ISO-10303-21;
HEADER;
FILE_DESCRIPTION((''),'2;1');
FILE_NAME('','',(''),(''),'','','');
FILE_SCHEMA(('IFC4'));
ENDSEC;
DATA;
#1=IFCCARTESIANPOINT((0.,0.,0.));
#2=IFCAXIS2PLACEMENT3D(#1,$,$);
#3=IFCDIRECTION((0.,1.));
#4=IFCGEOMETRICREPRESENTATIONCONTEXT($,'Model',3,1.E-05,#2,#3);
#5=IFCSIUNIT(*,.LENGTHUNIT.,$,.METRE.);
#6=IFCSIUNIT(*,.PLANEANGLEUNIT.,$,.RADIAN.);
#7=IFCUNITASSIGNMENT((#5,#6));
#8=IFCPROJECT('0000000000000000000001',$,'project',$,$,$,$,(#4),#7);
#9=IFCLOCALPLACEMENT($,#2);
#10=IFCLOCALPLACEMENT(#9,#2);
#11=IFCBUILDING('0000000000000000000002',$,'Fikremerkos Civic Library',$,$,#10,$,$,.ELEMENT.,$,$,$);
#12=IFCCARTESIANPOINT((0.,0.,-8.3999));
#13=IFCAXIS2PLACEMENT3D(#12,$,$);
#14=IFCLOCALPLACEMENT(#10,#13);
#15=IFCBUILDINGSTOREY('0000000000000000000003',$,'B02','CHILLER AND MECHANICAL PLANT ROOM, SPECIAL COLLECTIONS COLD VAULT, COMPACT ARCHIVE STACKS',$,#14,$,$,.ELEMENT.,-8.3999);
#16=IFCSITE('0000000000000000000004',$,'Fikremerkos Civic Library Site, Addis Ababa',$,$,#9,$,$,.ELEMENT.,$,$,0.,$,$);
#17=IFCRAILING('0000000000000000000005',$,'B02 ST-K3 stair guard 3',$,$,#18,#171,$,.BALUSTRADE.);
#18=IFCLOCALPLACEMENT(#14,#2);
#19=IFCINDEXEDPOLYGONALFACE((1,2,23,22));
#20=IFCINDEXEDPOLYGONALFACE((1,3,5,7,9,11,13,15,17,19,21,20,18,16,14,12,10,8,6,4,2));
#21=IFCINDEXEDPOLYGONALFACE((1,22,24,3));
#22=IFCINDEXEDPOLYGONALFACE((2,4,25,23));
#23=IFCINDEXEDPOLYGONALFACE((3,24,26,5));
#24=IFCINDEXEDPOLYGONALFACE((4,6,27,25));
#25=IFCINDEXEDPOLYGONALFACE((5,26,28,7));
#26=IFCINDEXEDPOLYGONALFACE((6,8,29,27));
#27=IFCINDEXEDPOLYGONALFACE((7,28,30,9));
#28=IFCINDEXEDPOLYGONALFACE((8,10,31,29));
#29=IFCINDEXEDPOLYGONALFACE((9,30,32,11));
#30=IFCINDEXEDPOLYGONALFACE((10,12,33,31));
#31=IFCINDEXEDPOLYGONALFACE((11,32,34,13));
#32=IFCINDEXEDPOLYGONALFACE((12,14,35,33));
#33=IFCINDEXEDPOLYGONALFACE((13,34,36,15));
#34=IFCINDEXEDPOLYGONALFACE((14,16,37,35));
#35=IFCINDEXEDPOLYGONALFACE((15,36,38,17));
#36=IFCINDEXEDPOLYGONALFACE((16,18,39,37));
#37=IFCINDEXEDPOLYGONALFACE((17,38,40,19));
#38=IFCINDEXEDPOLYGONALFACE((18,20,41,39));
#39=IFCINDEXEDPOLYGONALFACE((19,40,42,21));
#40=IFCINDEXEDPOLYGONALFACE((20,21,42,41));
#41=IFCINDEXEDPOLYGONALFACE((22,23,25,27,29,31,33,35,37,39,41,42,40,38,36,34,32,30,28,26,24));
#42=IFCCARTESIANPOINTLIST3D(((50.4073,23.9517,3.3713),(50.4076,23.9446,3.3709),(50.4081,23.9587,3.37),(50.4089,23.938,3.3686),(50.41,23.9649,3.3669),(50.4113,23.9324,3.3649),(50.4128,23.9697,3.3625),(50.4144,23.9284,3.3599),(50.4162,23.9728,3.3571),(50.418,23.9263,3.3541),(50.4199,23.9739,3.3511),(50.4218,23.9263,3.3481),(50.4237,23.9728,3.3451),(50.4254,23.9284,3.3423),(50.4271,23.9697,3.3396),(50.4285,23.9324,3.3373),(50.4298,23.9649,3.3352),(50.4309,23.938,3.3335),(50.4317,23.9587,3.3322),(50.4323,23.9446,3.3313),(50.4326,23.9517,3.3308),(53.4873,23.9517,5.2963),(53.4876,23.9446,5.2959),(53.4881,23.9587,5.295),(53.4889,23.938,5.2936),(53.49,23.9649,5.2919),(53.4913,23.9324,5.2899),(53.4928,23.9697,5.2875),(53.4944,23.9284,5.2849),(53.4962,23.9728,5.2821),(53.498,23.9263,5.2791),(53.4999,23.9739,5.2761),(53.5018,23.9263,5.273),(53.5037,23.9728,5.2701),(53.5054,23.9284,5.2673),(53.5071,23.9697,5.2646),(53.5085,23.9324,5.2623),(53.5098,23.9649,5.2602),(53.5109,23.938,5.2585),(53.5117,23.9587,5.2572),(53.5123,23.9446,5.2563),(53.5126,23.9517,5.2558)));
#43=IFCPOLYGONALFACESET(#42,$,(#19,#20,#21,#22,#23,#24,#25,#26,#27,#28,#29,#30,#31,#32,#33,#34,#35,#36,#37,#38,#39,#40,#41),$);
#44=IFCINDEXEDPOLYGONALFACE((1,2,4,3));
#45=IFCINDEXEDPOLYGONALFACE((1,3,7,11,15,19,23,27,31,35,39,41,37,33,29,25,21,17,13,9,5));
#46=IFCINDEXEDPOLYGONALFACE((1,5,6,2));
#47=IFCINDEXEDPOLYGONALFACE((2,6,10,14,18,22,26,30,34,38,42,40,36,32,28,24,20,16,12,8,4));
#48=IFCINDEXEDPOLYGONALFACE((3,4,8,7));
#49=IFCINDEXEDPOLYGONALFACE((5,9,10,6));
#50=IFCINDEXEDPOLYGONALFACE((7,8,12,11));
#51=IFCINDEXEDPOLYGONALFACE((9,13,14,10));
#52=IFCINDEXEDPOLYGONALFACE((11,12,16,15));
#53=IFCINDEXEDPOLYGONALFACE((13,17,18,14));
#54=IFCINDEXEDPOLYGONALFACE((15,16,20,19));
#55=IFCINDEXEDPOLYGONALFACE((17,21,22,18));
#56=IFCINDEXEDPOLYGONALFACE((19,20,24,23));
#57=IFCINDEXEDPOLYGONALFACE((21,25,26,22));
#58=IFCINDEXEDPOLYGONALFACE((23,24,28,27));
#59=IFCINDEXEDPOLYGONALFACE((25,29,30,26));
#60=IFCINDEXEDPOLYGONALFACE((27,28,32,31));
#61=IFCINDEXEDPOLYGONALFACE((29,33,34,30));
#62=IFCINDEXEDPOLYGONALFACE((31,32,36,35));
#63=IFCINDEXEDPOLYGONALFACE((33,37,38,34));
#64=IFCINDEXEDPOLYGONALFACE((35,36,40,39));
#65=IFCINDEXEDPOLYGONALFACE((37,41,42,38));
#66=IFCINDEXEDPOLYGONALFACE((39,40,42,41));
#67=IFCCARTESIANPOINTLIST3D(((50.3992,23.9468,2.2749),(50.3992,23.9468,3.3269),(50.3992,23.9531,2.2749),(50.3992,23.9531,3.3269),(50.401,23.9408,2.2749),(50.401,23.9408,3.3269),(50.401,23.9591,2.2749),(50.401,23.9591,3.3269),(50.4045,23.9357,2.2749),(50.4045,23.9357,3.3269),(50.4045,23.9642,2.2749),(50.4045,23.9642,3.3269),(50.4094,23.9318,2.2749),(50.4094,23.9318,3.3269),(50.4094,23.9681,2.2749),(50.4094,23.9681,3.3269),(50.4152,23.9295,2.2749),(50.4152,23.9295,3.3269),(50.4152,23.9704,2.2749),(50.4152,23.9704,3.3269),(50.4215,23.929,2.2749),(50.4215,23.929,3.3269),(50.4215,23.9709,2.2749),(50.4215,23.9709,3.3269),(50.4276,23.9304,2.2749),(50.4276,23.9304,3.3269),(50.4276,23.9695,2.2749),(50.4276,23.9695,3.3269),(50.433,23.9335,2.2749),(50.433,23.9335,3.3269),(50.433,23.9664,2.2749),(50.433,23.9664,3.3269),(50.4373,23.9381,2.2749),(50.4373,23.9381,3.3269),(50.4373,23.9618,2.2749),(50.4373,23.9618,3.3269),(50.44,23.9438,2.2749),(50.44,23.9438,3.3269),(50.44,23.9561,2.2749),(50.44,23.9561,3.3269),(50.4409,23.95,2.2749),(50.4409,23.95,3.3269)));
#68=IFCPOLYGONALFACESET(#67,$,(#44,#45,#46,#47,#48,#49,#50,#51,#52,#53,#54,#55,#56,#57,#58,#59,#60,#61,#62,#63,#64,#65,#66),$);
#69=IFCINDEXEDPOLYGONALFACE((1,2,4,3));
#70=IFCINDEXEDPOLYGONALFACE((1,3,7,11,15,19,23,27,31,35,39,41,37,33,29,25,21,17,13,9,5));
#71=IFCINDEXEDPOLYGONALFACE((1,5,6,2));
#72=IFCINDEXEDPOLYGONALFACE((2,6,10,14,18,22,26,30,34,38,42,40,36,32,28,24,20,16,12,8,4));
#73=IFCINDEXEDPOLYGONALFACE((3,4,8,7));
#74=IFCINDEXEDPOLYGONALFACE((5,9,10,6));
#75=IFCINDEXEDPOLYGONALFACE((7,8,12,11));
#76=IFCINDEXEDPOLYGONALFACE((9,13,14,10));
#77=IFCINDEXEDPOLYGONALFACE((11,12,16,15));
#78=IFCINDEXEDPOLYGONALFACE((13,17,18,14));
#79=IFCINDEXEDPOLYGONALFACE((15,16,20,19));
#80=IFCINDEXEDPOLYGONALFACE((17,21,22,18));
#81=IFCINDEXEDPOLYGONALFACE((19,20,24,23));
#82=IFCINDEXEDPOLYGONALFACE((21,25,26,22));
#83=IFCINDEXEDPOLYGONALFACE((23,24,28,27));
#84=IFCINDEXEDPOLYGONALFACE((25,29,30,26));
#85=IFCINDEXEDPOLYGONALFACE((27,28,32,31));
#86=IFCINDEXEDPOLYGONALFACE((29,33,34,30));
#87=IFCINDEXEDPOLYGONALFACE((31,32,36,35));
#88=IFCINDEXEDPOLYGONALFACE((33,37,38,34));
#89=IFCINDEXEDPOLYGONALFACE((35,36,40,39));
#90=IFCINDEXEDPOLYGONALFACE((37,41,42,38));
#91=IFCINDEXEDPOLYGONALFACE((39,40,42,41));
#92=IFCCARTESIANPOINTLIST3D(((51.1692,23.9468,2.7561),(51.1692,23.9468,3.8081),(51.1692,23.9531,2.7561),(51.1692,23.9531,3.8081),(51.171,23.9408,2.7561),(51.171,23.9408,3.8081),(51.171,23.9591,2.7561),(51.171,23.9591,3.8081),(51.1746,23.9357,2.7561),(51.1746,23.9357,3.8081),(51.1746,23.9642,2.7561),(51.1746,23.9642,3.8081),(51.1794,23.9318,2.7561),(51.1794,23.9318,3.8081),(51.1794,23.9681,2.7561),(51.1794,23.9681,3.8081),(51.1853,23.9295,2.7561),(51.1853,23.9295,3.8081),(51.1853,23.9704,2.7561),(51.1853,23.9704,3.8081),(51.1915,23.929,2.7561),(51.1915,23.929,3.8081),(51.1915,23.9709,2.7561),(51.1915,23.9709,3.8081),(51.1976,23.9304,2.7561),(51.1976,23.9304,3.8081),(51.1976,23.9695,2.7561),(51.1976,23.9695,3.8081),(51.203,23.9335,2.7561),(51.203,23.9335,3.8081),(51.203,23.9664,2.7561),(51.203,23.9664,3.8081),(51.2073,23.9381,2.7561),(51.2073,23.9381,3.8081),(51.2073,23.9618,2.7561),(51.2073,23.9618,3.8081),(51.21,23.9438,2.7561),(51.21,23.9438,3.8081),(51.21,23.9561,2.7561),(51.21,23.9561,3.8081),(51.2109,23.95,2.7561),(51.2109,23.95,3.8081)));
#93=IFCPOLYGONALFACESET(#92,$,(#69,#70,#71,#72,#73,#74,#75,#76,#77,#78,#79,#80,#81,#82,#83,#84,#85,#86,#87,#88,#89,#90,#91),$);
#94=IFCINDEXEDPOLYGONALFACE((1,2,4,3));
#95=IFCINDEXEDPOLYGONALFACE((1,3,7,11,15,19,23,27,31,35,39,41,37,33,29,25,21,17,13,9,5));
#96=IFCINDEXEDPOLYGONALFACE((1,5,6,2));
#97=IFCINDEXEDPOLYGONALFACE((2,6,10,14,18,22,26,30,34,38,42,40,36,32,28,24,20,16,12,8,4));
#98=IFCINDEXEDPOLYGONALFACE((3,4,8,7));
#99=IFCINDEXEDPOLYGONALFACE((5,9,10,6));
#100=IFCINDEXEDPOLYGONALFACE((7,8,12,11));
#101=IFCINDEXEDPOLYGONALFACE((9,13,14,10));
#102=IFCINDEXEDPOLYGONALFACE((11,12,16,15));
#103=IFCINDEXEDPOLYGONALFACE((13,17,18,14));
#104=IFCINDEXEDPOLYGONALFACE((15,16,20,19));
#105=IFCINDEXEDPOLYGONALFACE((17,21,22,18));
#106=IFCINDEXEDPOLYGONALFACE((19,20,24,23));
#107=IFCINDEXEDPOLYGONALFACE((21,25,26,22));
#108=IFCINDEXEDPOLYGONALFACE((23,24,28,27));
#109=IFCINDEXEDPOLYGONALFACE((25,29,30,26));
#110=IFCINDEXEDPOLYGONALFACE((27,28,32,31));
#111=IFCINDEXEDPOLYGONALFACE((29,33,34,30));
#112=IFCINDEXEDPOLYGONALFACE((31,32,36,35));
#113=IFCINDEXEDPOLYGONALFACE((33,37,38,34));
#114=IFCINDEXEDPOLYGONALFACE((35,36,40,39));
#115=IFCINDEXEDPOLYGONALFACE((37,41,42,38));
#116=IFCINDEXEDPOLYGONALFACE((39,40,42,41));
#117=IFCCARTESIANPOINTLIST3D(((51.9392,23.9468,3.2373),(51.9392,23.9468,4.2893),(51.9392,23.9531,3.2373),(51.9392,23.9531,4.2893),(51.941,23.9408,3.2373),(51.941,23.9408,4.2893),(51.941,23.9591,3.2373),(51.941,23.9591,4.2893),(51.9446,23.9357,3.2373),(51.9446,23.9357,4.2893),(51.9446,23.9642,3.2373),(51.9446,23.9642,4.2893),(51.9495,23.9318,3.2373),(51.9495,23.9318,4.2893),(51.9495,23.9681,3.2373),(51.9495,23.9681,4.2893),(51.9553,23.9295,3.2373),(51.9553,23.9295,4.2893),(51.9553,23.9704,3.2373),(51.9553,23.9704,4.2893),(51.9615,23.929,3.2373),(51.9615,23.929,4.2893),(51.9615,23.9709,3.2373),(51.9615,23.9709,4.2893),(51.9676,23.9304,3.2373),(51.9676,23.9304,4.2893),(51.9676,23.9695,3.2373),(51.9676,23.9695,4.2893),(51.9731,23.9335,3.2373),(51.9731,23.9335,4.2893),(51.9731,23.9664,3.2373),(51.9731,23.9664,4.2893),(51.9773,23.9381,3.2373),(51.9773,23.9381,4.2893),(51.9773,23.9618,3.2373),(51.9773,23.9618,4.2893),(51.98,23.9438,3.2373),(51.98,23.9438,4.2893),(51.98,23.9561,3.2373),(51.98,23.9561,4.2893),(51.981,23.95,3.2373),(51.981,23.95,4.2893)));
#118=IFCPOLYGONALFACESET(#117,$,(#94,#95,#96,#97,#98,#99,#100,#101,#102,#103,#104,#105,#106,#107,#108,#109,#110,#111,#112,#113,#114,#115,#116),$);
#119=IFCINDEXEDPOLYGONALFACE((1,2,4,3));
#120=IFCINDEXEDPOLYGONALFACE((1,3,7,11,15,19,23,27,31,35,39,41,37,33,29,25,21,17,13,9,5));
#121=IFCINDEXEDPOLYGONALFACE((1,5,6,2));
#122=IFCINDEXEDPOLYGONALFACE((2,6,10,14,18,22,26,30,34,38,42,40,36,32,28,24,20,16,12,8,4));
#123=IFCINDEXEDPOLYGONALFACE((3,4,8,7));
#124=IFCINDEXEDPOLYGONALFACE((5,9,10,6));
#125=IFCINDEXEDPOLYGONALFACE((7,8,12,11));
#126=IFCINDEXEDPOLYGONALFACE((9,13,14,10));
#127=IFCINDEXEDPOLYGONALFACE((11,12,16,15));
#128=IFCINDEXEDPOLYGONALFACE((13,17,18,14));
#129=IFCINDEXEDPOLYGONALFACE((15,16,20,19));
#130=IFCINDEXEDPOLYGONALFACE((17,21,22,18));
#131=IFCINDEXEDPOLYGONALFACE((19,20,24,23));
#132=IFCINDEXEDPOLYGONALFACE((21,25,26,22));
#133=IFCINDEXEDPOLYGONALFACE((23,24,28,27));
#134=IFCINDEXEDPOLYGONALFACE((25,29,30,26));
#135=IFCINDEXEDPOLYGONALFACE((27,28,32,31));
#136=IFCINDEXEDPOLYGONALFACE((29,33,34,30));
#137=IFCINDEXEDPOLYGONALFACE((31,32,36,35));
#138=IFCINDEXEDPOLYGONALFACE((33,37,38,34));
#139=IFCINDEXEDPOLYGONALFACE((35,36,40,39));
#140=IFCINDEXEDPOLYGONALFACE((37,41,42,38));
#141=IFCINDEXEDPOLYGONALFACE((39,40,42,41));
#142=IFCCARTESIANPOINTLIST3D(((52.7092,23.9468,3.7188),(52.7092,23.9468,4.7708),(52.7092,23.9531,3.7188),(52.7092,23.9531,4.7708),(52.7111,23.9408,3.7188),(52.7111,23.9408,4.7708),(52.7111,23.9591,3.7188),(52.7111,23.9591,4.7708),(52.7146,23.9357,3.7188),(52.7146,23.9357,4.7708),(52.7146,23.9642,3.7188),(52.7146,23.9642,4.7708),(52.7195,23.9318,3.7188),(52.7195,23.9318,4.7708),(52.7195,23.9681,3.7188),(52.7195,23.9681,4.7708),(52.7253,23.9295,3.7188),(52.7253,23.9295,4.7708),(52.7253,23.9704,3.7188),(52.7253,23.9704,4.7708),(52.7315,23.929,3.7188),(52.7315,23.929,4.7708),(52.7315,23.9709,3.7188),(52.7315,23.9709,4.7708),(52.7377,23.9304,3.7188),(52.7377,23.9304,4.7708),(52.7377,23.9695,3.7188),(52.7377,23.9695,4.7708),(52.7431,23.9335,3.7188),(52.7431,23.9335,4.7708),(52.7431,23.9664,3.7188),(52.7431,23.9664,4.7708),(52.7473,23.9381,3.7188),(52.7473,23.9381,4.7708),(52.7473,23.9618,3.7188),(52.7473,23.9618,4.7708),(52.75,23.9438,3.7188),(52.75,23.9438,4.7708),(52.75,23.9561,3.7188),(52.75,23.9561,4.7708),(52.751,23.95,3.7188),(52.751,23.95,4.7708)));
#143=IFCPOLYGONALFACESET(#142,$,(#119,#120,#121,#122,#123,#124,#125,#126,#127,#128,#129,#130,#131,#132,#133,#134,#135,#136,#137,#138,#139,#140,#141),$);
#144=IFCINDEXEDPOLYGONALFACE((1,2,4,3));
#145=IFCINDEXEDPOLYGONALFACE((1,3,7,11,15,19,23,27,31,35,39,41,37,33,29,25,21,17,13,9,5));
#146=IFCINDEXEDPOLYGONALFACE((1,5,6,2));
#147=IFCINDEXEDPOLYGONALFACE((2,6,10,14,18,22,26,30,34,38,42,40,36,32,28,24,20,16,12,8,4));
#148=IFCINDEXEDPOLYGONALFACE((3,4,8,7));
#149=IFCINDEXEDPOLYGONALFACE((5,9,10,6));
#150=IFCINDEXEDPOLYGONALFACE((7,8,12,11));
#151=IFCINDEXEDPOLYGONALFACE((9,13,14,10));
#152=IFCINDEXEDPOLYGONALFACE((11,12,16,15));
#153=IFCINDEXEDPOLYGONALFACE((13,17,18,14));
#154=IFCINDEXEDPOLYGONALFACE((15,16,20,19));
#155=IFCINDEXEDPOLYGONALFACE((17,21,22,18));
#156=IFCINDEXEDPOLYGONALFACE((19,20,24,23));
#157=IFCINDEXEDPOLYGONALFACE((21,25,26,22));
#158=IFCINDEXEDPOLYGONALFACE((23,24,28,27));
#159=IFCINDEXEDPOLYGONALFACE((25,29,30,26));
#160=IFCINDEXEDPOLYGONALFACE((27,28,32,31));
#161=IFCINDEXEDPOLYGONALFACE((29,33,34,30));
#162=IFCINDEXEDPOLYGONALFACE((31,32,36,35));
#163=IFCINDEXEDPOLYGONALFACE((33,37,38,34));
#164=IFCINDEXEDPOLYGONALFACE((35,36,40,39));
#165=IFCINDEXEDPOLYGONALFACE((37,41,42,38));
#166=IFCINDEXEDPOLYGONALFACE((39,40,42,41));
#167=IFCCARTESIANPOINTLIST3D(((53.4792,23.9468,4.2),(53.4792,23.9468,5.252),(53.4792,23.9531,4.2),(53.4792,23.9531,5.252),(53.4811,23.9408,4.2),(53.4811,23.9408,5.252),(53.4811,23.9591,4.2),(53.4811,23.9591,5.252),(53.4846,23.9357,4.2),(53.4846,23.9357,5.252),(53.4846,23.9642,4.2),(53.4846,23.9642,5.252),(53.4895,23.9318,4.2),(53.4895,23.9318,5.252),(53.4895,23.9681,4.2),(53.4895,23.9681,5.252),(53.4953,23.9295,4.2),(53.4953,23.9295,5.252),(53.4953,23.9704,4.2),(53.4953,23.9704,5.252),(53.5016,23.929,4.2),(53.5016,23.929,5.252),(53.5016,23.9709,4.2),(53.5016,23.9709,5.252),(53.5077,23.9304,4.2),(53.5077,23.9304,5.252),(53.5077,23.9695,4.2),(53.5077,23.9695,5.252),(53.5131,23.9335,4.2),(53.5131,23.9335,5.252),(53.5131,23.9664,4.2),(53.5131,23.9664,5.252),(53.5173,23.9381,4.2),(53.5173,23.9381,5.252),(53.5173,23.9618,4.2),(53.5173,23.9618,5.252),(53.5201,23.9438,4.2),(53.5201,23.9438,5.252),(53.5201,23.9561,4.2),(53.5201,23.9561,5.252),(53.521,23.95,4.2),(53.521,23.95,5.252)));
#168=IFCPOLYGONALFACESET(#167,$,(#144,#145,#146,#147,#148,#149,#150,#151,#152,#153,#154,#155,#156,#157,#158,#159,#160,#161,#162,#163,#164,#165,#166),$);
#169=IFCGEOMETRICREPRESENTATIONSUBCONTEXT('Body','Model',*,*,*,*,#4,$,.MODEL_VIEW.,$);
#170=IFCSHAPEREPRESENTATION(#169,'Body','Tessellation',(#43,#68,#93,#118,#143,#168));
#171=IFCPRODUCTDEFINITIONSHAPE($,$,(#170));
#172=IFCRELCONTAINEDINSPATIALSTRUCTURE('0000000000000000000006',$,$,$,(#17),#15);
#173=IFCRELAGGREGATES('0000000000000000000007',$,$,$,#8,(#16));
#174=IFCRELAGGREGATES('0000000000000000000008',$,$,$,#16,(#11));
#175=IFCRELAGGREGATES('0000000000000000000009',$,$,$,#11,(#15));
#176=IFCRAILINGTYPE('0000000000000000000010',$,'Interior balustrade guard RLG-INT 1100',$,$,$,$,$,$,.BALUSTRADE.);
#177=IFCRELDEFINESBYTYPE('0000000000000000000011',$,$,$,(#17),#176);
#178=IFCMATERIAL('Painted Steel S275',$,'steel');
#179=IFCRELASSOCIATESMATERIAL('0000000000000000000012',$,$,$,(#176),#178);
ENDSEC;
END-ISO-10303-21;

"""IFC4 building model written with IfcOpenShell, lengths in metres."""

from ifc_helpers import new_model, si_unit, direction, frame, origin, origin_2d, place, context, subcontext, project, spatial, circle, extrude, material, type_object, element, save


model = new_model("IFC4")

# Units and contexts
model_context = context("Model", 3, precision=1e-05, world=origin(), true_north=direction((0.0, 1.0)))
body_context = subcontext(model_context, "Body", "Model", "MODEL_VIEW")
ifc_project = project(units=[si_unit("LENGTHUNIT", "METRE"), si_unit("PLANEANGLEUNIT", "RADIAN")], contexts=[model_context])

# Site, building, storey
site_placement = place(None, origin())
site = spatial("IfcSite", under=ifc_project, at=site_placement, Name="Fikremerkos Civic Library Site, Addis Ababa", CompositionType="ELEMENT", RefElevation=0.0)
building_placement = place(site_placement, origin())
building = spatial("IfcBuilding", under=site, at=building_placement, Name="Fikremerkos Civic Library", CompositionType="ELEMENT")
storey_placement = place(building_placement, frame((0.0, 0.0, -8.3999)))
storey = spatial("IfcBuildingStorey", under=building, at=storey_placement, Name="B02", Description="CHILLER AND MECHANICAL PLANT ROOM, SPECIAL COLLECTIONS COLD VAULT, COMPACT ARCHIVE STACKS", CompositionType="ELEMENT", Elevation=-8.3999)

# Railing
ifc_material_1 = material(Name="Painted Steel S275", Category="steel")
railing_type_1 = type_object("IfcRailingType", Name="Interior balustrade guard RLG-INT 1100", PredefinedType="BALUSTRADE", material=ifc_material_1)
railing_1_placement = place(storey_placement, frame((50.4199, 23.95, 2.2749)))
element("IfcRailing", 1, at=railing_1_placement, inside=storey, type_object=railing_type_1, Name="B02 ST-K3 stair guard 3", PredefinedType="BALUSTRADE", context=body_context, shape_type="SweptSolid", body=[
    extrude(circle(Radius=0.0239, at=origin_2d()), frame((0.0, 0.0, 1.0762), z_axis=(0.847998, 0.0, 0.529999), x_axis=(0.0, 1.0, 0.0)), (0.0, 0.0, 1.0), 3.6321),
    extrude(circle(Radius=0.021, at=origin_2d()), origin(), (0.0, 0.0, 1.0), 1.052),
    extrude(circle(Radius=0.021, at=origin_2d()), frame((0.77, 0.0, 0.4812)), (0.0, 0.0, 1.0), 1.052),
    extrude(circle(Radius=0.021, at=origin_2d()), frame((1.54, 0.0, 0.9624)), (0.0, 0.0, 1.0), 1.052),
    extrude(circle(Radius=0.021, at=origin_2d()), frame((2.3101, 0.0, 1.4438)), (0.0, 0.0, 1.0), 1.052),
    extrude(circle(Radius=0.021, at=origin_2d()), frame((3.0801, 0.0, 1.925)), (0.0, 0.0, 1.0), 1.052),
])

save(model, "model.ifc")
